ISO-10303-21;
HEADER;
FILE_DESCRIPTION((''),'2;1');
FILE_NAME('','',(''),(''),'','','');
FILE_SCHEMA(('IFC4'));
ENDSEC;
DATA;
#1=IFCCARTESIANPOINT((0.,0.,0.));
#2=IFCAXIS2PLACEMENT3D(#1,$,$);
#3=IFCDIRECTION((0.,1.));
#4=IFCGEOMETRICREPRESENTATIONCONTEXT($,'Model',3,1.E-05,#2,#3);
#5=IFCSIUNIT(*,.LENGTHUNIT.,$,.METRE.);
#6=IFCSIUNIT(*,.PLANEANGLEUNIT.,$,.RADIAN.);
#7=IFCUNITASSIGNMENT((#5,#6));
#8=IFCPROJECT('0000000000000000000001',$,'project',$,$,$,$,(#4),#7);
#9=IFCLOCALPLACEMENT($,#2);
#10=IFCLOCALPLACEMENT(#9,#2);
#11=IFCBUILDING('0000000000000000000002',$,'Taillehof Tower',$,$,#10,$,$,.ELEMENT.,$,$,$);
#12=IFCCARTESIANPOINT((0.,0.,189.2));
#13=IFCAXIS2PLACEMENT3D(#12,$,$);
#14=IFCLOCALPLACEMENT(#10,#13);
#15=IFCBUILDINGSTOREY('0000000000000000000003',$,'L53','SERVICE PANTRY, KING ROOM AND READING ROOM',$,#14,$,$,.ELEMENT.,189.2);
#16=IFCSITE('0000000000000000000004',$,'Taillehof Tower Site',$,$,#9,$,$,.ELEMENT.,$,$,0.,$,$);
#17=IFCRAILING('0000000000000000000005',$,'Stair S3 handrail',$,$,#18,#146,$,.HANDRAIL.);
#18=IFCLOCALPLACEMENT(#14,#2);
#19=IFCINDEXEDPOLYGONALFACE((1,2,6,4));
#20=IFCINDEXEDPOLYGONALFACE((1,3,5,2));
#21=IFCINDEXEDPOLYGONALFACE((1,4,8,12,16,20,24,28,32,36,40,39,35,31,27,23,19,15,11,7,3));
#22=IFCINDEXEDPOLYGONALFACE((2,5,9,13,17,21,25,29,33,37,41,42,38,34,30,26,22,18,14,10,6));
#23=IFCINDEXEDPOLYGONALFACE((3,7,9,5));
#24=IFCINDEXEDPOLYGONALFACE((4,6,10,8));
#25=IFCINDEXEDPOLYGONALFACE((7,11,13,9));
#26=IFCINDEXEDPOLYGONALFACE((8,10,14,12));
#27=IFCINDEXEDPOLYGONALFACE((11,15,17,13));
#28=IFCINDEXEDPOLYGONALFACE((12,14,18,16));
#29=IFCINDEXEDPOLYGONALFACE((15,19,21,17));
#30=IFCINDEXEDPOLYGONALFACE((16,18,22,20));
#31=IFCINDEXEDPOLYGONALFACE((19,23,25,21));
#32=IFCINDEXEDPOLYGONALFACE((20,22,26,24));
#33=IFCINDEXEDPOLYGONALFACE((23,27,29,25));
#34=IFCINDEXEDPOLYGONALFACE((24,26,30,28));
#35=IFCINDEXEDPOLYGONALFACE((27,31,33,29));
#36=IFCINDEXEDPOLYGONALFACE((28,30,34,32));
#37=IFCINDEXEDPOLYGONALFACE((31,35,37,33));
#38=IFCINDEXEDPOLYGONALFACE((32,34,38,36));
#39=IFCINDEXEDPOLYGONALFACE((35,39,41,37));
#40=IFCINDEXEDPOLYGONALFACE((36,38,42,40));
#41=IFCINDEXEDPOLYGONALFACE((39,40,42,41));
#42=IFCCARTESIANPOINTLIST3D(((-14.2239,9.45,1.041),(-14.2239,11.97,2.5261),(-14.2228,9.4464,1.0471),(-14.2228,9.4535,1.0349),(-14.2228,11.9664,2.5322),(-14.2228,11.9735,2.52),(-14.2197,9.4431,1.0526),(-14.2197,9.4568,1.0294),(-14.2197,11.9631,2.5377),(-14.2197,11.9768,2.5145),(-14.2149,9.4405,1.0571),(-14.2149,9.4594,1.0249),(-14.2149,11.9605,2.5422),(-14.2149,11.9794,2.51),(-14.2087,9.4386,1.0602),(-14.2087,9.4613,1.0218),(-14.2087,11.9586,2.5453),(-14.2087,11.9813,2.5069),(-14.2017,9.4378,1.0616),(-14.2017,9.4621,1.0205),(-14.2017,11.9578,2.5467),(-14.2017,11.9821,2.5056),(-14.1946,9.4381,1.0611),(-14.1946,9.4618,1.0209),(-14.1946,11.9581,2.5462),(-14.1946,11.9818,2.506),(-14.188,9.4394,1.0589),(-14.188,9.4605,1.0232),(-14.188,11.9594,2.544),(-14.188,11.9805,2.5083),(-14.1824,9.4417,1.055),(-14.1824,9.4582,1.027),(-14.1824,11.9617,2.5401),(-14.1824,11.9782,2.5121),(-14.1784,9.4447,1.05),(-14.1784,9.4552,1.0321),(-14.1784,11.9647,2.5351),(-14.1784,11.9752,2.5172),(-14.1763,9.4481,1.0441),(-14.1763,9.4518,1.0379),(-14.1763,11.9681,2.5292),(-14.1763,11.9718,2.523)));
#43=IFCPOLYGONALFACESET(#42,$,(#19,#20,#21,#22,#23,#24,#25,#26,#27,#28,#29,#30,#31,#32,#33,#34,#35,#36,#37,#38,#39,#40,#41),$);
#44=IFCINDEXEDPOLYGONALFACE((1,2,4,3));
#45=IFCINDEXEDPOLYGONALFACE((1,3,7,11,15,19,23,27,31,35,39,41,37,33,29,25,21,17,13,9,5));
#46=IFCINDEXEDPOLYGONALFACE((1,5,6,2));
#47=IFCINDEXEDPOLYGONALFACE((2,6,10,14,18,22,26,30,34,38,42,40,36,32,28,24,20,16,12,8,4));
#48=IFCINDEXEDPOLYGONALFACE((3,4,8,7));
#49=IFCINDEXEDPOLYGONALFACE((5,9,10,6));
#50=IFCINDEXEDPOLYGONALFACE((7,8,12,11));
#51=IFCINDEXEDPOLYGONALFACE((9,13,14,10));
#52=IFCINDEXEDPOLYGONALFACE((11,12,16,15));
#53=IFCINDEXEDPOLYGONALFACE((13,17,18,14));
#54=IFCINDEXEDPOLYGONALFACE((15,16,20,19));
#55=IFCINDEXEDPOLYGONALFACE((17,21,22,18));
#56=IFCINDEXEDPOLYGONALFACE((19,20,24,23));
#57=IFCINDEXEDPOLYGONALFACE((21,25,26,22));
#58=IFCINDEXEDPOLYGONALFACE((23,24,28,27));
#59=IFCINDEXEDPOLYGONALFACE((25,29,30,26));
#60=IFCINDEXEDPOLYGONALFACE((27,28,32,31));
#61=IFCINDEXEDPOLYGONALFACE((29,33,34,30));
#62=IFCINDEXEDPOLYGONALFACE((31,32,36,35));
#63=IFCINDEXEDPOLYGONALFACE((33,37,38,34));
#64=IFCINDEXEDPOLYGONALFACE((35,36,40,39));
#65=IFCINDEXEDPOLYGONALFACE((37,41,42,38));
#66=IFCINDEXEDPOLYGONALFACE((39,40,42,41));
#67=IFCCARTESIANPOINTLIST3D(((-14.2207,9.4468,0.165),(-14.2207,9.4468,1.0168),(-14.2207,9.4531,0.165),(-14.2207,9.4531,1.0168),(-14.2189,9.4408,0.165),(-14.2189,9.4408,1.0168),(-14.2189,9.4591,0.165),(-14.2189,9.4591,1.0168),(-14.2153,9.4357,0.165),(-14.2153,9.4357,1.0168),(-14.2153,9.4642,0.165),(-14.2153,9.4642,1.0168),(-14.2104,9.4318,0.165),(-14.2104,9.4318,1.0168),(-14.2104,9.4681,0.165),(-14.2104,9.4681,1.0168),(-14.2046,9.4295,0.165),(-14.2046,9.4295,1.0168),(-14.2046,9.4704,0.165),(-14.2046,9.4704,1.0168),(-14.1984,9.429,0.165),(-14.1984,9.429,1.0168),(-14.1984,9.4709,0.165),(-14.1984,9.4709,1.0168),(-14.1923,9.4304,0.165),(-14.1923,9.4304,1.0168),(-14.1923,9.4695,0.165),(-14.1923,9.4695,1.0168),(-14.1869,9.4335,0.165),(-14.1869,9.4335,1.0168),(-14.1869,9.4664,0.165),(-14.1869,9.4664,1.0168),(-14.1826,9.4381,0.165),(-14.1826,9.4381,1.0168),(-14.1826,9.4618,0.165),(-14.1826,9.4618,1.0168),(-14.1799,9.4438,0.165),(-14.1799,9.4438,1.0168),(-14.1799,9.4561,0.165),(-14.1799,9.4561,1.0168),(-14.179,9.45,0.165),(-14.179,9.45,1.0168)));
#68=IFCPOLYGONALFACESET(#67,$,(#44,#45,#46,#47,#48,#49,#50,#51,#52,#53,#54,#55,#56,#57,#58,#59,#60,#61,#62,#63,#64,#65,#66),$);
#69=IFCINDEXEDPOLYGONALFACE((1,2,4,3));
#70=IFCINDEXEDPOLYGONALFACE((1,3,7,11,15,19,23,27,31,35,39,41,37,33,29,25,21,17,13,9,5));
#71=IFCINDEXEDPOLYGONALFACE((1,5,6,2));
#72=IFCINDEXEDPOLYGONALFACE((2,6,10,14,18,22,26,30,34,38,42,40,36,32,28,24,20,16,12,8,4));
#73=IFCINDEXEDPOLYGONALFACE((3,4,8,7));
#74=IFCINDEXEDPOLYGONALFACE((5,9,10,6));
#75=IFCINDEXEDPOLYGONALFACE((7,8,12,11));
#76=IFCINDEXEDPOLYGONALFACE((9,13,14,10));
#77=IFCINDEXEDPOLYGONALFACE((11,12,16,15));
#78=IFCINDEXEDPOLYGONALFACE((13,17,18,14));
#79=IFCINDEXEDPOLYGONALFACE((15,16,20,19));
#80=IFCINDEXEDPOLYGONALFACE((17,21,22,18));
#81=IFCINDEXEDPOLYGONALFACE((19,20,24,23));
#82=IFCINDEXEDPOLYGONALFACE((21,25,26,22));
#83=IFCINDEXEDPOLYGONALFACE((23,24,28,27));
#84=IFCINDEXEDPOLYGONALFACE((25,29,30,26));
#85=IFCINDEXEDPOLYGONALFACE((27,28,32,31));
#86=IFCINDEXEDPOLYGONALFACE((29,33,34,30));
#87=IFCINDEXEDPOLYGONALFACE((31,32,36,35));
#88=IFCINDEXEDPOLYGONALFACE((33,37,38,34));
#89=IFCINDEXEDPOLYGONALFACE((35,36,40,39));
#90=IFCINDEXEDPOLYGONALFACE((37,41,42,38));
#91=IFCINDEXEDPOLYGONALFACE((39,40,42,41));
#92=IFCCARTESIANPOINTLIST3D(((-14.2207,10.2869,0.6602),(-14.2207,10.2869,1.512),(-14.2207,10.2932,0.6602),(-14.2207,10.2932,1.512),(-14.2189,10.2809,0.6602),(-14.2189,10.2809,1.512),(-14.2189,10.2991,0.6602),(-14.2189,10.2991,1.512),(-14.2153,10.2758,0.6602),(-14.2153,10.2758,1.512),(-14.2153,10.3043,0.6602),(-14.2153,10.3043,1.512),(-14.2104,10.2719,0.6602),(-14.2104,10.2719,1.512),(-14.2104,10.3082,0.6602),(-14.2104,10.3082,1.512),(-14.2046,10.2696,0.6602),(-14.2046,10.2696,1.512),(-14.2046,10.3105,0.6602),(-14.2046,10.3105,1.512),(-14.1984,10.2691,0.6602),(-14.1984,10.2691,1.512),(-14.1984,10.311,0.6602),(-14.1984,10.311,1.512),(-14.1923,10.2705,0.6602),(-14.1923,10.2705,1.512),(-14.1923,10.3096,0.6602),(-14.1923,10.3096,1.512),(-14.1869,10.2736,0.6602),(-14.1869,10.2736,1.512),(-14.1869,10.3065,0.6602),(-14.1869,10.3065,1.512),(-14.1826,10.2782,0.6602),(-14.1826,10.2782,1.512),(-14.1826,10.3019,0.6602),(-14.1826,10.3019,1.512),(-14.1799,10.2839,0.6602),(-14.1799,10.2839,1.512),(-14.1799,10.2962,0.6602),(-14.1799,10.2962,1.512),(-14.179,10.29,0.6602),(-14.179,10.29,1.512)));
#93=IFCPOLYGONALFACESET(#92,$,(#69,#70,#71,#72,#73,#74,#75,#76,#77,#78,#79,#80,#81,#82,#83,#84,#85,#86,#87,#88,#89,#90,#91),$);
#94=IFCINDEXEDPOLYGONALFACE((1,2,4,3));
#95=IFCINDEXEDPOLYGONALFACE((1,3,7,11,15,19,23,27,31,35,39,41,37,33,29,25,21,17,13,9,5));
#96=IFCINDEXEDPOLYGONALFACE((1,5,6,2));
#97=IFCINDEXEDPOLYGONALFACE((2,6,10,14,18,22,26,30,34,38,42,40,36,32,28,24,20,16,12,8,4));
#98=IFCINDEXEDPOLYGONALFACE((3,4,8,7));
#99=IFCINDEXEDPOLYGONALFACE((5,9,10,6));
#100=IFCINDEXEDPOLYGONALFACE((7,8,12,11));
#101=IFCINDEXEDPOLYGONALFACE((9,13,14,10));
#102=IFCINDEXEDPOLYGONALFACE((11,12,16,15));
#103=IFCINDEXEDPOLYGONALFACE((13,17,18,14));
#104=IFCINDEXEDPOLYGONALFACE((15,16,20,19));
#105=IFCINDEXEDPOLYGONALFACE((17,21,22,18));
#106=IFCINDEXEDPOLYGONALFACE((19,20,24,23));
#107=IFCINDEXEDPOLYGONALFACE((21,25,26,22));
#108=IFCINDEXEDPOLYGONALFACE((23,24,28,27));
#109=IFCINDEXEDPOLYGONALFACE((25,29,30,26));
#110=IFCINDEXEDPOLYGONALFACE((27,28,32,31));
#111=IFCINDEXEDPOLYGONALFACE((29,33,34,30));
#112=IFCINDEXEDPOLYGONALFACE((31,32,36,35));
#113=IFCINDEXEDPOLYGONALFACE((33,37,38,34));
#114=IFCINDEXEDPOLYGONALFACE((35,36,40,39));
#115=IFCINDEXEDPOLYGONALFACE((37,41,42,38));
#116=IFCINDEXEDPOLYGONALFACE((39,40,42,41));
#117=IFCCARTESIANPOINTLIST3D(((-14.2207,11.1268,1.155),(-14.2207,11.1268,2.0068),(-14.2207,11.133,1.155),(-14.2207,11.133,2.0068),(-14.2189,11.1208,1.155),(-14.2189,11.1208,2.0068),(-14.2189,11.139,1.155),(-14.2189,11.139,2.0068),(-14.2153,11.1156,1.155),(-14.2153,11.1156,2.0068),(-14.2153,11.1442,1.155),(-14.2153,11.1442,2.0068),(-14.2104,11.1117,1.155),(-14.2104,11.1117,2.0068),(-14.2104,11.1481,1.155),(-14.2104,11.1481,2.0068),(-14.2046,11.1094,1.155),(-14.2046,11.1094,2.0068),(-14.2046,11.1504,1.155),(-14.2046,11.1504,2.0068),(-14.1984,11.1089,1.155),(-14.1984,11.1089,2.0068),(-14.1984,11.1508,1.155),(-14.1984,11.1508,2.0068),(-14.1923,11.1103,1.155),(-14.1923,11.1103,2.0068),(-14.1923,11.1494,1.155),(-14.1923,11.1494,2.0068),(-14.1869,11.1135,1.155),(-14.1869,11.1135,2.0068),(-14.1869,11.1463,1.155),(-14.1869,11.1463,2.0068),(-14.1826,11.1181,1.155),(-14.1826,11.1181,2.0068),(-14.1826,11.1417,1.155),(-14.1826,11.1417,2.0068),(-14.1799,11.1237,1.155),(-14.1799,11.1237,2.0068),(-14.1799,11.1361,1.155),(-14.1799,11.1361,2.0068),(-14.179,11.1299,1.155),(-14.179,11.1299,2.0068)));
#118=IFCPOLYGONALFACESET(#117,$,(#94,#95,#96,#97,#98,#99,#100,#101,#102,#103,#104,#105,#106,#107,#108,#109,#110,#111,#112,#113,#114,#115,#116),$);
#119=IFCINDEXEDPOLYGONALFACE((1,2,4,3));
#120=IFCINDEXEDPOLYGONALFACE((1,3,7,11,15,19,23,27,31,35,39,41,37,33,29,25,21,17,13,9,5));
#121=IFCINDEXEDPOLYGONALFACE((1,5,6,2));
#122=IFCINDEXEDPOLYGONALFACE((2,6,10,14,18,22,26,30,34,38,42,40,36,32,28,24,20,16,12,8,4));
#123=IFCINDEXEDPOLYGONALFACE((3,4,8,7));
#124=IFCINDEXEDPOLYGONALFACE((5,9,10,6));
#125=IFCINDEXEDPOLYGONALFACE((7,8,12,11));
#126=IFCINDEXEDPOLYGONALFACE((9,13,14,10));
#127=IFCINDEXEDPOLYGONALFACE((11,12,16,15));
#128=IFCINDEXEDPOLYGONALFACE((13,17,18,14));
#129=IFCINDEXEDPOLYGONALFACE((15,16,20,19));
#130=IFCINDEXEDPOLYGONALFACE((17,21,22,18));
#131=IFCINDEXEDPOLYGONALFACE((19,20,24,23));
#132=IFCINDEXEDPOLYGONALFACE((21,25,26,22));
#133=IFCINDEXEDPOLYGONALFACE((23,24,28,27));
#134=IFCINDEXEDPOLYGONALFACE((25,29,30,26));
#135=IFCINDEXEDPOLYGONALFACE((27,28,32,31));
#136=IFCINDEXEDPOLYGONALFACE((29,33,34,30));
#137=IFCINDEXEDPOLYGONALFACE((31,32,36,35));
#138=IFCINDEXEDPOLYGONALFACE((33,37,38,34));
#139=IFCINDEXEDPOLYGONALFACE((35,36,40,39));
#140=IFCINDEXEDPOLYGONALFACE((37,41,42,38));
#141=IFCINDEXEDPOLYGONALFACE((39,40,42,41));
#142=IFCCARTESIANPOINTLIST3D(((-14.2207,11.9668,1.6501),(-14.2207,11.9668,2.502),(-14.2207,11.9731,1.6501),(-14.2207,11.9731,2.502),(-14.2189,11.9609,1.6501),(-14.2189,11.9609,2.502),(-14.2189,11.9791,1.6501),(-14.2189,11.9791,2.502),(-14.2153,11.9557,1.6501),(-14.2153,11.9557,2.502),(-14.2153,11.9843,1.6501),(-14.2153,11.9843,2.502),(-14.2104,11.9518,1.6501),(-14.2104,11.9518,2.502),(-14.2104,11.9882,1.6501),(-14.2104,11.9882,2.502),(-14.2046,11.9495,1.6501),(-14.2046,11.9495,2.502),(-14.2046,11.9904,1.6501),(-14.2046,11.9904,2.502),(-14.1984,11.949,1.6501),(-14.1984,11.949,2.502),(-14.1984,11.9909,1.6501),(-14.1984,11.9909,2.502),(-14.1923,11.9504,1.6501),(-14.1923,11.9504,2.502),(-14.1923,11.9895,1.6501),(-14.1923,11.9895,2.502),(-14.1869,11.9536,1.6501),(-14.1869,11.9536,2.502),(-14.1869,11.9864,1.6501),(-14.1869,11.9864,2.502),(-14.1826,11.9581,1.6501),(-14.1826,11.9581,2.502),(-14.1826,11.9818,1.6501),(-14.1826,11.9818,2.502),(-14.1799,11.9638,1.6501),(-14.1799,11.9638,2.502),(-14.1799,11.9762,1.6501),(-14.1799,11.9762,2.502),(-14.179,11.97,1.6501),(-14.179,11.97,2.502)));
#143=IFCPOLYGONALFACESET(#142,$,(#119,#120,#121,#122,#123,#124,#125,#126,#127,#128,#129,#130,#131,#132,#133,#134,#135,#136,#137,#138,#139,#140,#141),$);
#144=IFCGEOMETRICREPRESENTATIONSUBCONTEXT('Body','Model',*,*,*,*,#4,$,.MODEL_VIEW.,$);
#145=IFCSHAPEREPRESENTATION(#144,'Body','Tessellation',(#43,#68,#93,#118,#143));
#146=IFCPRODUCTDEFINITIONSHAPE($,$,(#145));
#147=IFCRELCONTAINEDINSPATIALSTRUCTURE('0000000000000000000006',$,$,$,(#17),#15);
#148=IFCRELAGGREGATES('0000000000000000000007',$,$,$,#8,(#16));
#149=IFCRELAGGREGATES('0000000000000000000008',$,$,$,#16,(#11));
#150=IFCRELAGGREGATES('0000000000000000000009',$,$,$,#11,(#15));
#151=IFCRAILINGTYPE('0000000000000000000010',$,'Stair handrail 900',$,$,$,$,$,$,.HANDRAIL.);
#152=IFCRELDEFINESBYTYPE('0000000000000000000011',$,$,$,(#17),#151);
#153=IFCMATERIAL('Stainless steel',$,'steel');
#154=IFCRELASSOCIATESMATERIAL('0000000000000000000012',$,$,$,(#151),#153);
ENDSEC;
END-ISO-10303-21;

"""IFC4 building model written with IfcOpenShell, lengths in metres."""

from ifc_helpers import new_model, si_unit, direction, frame, origin, origin_2d, place, context, subcontext, project, spatial, circle, extrude, material, type_object, element, save


model = new_model("IFC4")

# Units and contexts
model_context = context("Model", 3, precision=1e-05, world=origin(), true_north=direction((0.0, 1.0)))
body_context = subcontext(model_context, "Body", "Model", "MODEL_VIEW")
ifc_project = project(units=[si_unit("LENGTHUNIT", "METRE"), si_unit("PLANEANGLEUNIT", "RADIAN")], contexts=[model_context])

# Site, building, storey
site_placement = place(None, origin())
site = spatial("IfcSite", under=ifc_project, at=site_placement, Name="Taillehof Tower Site", CompositionType="ELEMENT", RefElevation=0.0)
building_placement = place(site_placement, origin())
building = spatial("IfcBuilding", under=site, at=building_placement, Name="Taillehof Tower", CompositionType="ELEMENT")
storey_placement = place(building_placement, frame((0.0, 0.0, 189.2)))
storey = spatial("IfcBuildingStorey", under=building, at=storey_placement, Name="L53", Description="SERVICE PANTRY, KING ROOM AND READING ROOM", CompositionType="ELEMENT", Elevation=189.2)

# Railing
ifc_material_1 = material(Name="Stainless steel", Category="steel")
railing_type = type_object("IfcRailingType", Name="Stair handrail 900", PredefinedType="HANDRAIL", material=ifc_material_1)
railing_placement = place(storey_placement, frame((-14.2, 9.45, 0.165)))
element("IfcRailing", 1, at=railing_placement, inside=storey, type_object=railing_type, Name="Stair S3 handrail", PredefinedType="HANDRAIL", context=body_context, shape_type="SweptSolid", body=[
    extrude(circle(Radius=0.0239, at=origin_2d()), frame((0.0, 0.0, 0.876), z_axis=(0.0, 0.861524, 0.507717), x_axis=(-1.0, 0.0, 0.0)), (0.0, 0.0, 1.0), 2.925),
    extrude(circle(Radius=0.021, at=origin_2d()), origin(), (0.0, 0.0, 1.0), 0.8518),
    extrude(circle(Radius=0.021, at=origin_2d()), frame((0.0, 0.8401, 0.4951)), (0.0, 0.0, 1.0), 0.8518),
    extrude(circle(Radius=0.021, at=origin_2d()), frame((0.0, 1.6799, 0.99)), (0.0, 0.0, 1.0), 0.8518),
    extrude(circle(Radius=0.021, at=origin_2d()), frame((0.0, 2.52, 1.4851)), (0.0, 0.0, 1.0), 0.8518),
])

save(model, "model.ifc")
